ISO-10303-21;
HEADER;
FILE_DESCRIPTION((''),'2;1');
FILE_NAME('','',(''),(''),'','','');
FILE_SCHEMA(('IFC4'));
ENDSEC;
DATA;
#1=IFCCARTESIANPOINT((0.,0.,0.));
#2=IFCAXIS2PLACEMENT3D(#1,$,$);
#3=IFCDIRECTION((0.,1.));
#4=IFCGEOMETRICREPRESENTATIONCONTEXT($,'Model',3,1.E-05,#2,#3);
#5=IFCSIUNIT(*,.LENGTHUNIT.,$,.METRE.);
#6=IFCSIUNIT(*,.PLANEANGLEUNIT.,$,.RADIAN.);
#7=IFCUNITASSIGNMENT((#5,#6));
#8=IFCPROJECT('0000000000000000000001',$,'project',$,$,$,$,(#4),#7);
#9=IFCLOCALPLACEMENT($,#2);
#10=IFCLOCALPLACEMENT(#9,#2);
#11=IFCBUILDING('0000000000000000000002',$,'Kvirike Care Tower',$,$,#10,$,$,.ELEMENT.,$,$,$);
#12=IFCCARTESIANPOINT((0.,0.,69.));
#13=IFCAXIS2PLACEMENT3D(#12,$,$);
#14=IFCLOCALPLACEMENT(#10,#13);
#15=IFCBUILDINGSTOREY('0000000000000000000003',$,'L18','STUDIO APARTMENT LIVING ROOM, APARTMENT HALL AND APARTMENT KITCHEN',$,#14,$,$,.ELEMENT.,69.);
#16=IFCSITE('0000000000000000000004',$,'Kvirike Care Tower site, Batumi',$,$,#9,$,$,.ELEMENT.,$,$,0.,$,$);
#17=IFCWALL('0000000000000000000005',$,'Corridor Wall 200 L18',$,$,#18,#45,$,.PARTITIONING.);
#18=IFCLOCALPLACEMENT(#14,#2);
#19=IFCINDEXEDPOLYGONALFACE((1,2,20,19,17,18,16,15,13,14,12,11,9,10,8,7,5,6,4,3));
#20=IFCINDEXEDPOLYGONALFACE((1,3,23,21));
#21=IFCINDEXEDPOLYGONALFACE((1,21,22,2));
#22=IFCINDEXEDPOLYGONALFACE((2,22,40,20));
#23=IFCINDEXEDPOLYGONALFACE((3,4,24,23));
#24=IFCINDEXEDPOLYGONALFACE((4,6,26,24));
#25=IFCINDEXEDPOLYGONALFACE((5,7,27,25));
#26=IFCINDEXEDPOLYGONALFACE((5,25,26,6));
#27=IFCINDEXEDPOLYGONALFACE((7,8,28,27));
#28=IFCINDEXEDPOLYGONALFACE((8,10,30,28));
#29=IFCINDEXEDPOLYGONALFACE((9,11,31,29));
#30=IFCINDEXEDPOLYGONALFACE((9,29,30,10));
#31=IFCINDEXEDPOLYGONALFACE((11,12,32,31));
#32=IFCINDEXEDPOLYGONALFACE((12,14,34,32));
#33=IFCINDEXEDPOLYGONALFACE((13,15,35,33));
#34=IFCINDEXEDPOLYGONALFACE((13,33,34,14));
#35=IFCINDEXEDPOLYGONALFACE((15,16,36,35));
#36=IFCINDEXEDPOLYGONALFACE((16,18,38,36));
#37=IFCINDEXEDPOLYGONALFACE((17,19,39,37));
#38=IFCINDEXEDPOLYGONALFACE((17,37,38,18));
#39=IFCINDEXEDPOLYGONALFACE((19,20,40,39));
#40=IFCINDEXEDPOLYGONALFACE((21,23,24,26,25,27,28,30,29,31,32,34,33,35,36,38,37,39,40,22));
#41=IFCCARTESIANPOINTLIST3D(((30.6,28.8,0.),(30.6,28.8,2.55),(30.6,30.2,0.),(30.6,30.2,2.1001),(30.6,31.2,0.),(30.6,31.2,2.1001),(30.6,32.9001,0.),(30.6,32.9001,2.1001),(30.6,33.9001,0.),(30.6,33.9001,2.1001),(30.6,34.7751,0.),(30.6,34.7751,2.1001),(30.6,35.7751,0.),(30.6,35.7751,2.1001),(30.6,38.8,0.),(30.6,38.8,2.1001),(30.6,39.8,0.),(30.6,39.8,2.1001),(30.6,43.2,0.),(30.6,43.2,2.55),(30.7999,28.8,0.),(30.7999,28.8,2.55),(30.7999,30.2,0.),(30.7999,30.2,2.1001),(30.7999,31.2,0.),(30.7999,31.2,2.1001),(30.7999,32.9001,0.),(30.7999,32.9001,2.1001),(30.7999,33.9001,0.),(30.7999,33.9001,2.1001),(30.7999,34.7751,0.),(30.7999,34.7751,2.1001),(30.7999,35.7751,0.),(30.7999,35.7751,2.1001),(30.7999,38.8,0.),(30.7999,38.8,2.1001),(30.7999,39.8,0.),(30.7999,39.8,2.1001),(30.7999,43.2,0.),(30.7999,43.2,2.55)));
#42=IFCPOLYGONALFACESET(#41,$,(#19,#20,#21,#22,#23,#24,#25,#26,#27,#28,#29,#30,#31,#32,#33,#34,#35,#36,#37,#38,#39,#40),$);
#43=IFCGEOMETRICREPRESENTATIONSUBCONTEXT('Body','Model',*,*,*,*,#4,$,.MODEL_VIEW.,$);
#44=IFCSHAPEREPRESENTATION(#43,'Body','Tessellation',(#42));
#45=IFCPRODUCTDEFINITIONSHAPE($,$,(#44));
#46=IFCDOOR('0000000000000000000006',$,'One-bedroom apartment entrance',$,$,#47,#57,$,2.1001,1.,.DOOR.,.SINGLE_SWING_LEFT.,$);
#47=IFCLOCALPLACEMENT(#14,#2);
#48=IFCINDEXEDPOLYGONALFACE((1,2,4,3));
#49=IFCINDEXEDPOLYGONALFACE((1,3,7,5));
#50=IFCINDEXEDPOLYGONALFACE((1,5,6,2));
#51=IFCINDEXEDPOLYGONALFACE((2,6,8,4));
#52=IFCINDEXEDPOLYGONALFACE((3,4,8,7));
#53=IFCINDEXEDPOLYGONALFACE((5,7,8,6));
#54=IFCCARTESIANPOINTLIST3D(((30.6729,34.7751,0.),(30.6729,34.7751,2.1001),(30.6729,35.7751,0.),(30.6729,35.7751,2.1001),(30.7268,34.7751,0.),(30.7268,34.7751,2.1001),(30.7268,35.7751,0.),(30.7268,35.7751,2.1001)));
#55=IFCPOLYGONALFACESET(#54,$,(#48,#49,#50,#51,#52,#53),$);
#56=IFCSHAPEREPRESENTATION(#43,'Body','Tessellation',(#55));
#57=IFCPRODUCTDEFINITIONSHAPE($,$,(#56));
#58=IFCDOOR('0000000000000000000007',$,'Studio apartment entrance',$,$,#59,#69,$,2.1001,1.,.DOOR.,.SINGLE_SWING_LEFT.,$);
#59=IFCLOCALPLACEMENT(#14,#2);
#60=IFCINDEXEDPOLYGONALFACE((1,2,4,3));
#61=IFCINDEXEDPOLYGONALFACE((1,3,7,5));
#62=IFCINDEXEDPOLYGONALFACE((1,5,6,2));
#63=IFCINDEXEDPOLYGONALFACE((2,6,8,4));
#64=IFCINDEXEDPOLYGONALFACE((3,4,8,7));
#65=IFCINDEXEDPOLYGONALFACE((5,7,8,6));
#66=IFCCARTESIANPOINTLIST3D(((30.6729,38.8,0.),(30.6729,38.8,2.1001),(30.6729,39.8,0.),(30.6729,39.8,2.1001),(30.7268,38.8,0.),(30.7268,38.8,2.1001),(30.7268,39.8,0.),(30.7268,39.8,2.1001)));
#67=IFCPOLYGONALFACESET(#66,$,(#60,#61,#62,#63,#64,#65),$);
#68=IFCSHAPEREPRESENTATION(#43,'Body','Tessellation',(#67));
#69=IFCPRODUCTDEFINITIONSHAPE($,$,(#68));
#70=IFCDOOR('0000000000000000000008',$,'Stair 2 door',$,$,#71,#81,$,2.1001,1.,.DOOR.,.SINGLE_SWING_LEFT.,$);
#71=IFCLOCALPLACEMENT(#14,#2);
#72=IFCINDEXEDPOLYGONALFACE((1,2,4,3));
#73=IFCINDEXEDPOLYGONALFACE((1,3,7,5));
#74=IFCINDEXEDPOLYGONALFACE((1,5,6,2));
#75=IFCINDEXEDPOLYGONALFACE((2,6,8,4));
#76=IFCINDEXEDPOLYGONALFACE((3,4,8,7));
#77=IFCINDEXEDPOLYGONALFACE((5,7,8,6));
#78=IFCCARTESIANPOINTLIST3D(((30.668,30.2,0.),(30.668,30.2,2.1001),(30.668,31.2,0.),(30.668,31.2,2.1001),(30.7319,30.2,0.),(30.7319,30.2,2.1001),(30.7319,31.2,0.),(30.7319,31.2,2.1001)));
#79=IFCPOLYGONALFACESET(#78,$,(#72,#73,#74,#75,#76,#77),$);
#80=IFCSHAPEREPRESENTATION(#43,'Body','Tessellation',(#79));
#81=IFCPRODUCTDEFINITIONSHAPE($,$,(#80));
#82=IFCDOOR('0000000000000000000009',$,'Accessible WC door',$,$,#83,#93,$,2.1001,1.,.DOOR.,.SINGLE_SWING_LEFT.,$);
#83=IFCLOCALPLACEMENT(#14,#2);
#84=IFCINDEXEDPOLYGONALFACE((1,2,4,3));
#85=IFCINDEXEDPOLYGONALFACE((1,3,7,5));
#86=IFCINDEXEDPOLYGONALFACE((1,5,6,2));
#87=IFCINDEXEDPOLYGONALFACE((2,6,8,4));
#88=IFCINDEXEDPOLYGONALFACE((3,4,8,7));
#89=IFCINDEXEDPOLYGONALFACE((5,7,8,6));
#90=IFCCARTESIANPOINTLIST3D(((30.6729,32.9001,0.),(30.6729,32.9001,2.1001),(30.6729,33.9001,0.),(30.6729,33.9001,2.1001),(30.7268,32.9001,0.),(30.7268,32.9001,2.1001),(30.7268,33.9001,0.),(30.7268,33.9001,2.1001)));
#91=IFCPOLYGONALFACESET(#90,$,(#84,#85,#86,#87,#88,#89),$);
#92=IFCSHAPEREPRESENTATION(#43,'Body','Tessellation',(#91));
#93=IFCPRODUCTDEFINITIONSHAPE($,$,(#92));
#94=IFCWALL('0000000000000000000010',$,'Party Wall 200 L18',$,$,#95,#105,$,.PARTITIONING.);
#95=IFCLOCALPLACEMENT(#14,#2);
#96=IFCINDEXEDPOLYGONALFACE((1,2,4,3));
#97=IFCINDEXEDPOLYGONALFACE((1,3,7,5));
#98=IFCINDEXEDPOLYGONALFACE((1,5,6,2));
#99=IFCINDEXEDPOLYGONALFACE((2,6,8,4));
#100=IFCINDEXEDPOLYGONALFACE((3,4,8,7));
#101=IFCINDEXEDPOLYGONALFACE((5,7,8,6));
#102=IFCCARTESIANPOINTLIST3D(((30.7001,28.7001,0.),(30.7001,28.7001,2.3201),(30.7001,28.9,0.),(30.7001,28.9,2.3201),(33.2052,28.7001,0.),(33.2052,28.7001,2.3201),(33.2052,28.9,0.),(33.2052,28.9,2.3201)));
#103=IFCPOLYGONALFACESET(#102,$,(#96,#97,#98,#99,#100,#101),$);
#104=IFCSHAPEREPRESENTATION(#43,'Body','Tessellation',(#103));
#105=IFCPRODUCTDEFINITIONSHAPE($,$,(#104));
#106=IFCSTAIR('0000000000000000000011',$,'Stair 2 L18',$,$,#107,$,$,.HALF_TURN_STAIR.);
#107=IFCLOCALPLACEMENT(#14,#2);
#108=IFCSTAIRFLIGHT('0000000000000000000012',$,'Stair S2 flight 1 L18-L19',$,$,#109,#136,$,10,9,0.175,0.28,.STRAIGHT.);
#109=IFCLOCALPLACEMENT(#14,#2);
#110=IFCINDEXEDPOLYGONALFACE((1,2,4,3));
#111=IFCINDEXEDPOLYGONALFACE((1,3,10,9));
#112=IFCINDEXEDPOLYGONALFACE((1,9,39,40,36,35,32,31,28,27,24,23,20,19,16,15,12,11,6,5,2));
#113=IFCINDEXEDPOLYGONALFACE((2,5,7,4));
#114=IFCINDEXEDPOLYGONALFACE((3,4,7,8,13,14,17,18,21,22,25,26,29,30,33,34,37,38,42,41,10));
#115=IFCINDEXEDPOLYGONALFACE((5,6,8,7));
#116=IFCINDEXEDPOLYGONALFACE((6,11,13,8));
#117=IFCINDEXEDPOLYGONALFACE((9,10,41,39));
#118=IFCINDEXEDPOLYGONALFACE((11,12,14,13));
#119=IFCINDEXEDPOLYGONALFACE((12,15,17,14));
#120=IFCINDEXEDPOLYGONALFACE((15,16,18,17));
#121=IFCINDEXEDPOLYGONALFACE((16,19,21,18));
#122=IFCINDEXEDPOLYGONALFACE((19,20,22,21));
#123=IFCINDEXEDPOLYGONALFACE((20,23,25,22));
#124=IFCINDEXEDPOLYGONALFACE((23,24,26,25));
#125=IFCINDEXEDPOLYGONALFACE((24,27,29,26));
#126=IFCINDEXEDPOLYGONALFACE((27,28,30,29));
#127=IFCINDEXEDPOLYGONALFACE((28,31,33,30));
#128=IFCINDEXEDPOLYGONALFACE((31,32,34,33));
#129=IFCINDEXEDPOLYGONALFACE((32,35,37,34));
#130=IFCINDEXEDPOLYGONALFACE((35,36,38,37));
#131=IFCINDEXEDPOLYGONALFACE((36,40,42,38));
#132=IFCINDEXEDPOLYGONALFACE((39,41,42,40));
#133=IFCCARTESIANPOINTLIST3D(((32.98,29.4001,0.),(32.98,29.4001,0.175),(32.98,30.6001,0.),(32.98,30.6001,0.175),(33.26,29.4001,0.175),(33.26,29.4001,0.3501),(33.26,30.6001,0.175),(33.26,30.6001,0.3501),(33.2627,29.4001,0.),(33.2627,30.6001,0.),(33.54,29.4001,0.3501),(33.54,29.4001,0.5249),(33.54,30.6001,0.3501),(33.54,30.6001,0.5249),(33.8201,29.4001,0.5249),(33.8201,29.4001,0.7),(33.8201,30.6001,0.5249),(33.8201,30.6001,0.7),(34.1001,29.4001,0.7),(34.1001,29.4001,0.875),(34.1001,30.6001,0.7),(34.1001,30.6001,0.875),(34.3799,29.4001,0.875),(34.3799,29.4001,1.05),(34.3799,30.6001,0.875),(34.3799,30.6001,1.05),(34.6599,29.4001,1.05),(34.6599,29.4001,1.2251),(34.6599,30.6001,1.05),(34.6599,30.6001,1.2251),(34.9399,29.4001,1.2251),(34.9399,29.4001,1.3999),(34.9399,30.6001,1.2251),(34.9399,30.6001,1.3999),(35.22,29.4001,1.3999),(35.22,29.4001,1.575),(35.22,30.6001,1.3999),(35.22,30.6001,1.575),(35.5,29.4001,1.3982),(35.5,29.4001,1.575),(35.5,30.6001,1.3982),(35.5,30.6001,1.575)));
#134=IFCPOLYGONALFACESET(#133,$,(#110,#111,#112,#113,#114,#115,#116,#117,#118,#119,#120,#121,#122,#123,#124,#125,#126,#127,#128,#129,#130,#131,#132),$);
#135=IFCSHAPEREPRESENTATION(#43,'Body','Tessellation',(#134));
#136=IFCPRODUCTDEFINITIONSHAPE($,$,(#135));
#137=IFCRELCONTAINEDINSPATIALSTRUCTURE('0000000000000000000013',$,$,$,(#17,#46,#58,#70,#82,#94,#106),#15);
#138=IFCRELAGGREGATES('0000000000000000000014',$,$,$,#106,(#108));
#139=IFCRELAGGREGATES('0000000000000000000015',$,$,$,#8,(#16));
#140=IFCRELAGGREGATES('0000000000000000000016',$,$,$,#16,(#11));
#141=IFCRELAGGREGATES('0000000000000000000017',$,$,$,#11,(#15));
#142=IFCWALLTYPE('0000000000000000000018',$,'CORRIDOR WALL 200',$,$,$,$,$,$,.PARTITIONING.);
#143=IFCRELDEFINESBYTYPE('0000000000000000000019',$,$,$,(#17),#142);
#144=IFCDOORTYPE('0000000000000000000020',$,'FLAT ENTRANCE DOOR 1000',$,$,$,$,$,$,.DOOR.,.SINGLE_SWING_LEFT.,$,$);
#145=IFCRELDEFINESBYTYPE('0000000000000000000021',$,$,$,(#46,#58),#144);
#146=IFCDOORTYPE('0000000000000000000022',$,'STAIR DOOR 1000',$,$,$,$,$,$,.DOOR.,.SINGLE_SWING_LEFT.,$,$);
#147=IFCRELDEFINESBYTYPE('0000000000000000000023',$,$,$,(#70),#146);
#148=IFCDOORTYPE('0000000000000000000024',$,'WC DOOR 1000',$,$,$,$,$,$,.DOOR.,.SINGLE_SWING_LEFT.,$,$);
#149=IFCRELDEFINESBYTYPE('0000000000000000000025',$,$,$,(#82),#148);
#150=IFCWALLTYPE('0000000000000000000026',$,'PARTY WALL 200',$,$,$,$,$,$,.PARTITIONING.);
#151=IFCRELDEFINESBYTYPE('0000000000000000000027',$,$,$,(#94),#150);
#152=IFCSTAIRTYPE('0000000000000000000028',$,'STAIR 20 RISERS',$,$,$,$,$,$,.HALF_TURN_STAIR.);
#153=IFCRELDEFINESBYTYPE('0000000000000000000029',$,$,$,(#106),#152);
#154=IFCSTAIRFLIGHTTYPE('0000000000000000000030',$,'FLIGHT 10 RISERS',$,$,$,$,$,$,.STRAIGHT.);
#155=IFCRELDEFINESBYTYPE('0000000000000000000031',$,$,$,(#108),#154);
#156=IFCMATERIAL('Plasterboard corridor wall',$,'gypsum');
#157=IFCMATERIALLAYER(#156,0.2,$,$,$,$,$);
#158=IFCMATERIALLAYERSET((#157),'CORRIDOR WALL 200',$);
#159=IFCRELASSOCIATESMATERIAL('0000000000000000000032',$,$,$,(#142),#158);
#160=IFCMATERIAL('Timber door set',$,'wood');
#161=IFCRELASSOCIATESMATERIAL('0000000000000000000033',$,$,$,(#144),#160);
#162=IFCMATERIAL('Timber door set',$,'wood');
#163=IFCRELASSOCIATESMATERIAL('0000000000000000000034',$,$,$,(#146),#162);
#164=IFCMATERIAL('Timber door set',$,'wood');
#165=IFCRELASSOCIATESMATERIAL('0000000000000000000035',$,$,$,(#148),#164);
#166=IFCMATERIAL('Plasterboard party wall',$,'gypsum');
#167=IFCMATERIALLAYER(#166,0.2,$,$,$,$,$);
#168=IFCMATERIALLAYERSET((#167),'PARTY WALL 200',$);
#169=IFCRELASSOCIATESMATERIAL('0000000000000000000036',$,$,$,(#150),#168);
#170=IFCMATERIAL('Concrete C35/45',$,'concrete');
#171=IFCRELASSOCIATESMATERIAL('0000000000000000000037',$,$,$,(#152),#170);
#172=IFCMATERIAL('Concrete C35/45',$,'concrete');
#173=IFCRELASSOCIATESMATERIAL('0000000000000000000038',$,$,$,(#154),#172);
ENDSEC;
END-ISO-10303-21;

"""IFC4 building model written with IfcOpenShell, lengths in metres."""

from ifc_helpers import new_model, si_unit, direction, frame, frame_2d, origin, place, context, subcontext, project, spatial, polyline, rectangle, outline, extrude, material, layer, layer_set, type_object, element, fill, aggregate, save


model = new_model("IFC4")

# Units and contexts
model_context = context("Model", 3, precision=1e-05, world=origin(), true_north=direction((0.0, 1.0)))
body_context = subcontext(model_context, "Body", "Model", "MODEL_VIEW")
ifc_project = project(units=[si_unit("LENGTHUNIT", "METRE"), si_unit("PLANEANGLEUNIT", "RADIAN")], contexts=[model_context])

# Site, building, storey
site_placement = place(None, origin())
site = spatial("IfcSite", under=ifc_project, at=site_placement, Name="Kvirike Care Tower site, Batumi", CompositionType="ELEMENT", RefElevation=0.0)
building_placement = place(site_placement, origin())
building = spatial("IfcBuilding", under=site, at=building_placement, Name="Kvirike Care Tower", CompositionType="ELEMENT")
storey_placement = place(building_placement, frame((0.0, 0.0, 69.0)))
storey = spatial("IfcBuildingStorey", under=building, at=storey_placement, Name="L18", Description="STUDIO APARTMENT LIVING ROOM, APARTMENT HALL AND APARTMENT KITCHEN", CompositionType="ELEMENT", Elevation=69.0)

# Wall, openings, doors
ifc_material_1 = material(Name="Plasterboard corridor wall", Category="gypsum")
ifc_layer_1 = layer(ifc_material_1, 0.2)
ifc_layer_set_1 = layer_set([ifc_layer_1], Name="CORRIDOR WALL 200")
wall_type_1 = type_object("IfcWallType", Name="CORRIDOR WALL 200", PredefinedType="PARTITIONING", material=ifc_layer_set_1)
ifc_material_2 = material(Name="Timber door set", Category="wood")
door_type_1 = type_object("IfcDoorType", Name="FLAT ENTRANCE DOOR 1000", OperationType="SINGLE_SWING_LEFT", PredefinedType="DOOR", material=ifc_material_2)
wall_1_placement = place(storey_placement, frame((30.7, 28.8, 0.0), z_axis=(0.0, 0.0, 1.0), x_axis=(0.0, 1.0, 0.0)))
wall_1 = element("IfcWall", 1, at=wall_1_placement, inside=storey, type_object=wall_type_1, Name="Corridor Wall 200 L18", PredefinedType="PARTITIONING", context=body_context, shape_type="SweptSolid", body=[
    extrude(rectangle(XDim=14.3999, YDim=0.2, at=frame_2d((7.2, 0.0))), origin(), (0.0, 0.0, 1.0), 2.55),
])
opening_1_placement = place(wall_1_placement, frame((1.3999, 0.0, 0.0)))
opening_1 = element("IfcOpeningElement", 2, at=opening_1_placement, cuts=wall_1, PredefinedType="OPENING", context=body_context, shape_type="SweptSolid", body=[
    extrude(rectangle(XDim=1.0, YDim=2.1001, at=frame_2d((0.5, 1.05))), frame((0.0, 0.1106, 0.0), z_axis=(0.0, -1.0, 0.0), x_axis=(1.0, 0.0, 0.0)), (0.0, 0.0, 1.0), 0.2209),
])
opening_2_placement = place(wall_1_placement, frame((4.1001, 0.0, 0.0)))
opening_2 = element("IfcOpeningElement", 3, at=opening_2_placement, cuts=wall_1, PredefinedType="OPENING", context=body_context, shape_type="SweptSolid", body=[
    extrude(rectangle(XDim=1.0, YDim=2.1001, at=frame_2d((0.5, 1.05))), frame((0.0, 0.1106, 0.0), z_axis=(0.0, -1.0, 0.0), x_axis=(1.0, 0.0, 0.0)), (0.0, 0.0, 1.0), 0.2209),
])
opening_3_placement = place(wall_1_placement, frame((5.9751, 0.0, 0.0)))
opening_3 = element("IfcOpeningElement", 4, at=opening_3_placement, cuts=wall_1, PredefinedType="OPENING", context=body_context, shape_type="SweptSolid", body=[
    extrude(rectangle(XDim=1.0, YDim=2.1001, at=frame_2d((0.5, 1.05))), frame((0.0, 0.1106, 0.0), z_axis=(0.0, -1.0, 0.0), x_axis=(1.0, 0.0, 0.0)), (0.0, 0.0, 1.0), 0.2209),
])
opening_4_placement = place(wall_1_placement, frame((10.0, 0.0, 0.0)))
opening_4 = element("IfcOpeningElement", 5, at=opening_4_placement, cuts=wall_1, PredefinedType="OPENING", context=body_context, shape_type="SweptSolid", body=[
    extrude(rectangle(XDim=1.0, YDim=2.1001, at=frame_2d((0.5, 1.05))), frame((0.0, 0.1106, 0.0), z_axis=(0.0, -1.0, 0.0), x_axis=(1.0, 0.0, 0.0)), (0.0, 0.0, 1.0), 0.2209),
])
door_1_placement = place(opening_3_placement, frame((1.0, 0.0, 0.0), z_axis=(0.0, 0.0, 1.0), x_axis=(-1.0, 0.0, 0.0)))
door_1 = element("IfcDoor", 6, at=door_1_placement, inside=storey, type_object=door_type_1, Name="One-bedroom apartment entrance", OperationType="SINGLE_SWING_LEFT", OverallHeight=2.1001, OverallWidth=1.0, PredefinedType="DOOR", context=body_context, shape_type="SweptSolid", body=[
    extrude(rectangle(XDim=1.0, YDim=2.1001, at=frame_2d((0.5, 1.05))), frame((0.0, 0.0269, 0.0), z_axis=(0.0, -1.0, 0.0), x_axis=(1.0, 0.0, 0.0)), (0.0, 0.0, 1.0), 0.054),
])
fill(opening_3, door_1)
door_2_placement = place(opening_4_placement, frame((1.0, 0.0, 0.0), z_axis=(0.0, 0.0, 1.0), x_axis=(-1.0, 0.0, 0.0)))
door_2 = element("IfcDoor", 7, at=door_2_placement, inside=storey, type_object=door_type_1, Name="Studio apartment entrance", OperationType="SINGLE_SWING_LEFT", OverallHeight=2.1001, OverallWidth=1.0, PredefinedType="DOOR", context=body_context, shape_type="SweptSolid", body=[
    extrude(rectangle(XDim=1.0, YDim=2.1001, at=frame_2d((0.5, 1.05))), frame((0.0, 0.0269, 0.0), z_axis=(0.0, -1.0, 0.0), x_axis=(1.0, 0.0, 0.0)), (0.0, 0.0, 1.0), 0.054),
])
fill(opening_4, door_2)
ifc_material_3 = material(Name="Timber door set", Category="wood")
door_type_2 = type_object("IfcDoorType", Name="STAIR DOOR 1000", OperationType="SINGLE_SWING_LEFT", PredefinedType="DOOR", material=ifc_material_3)
door_3_placement = place(opening_1_placement, frame((1.0, 0.0, 0.0), z_axis=(0.0, 0.0, 1.0), x_axis=(-1.0, 0.0, 0.0)))
door_3 = element("IfcDoor", 8, at=door_3_placement, inside=storey, type_object=door_type_2, Name="Stair 2 door", OperationType="SINGLE_SWING_LEFT", OverallHeight=2.1001, OverallWidth=1.0, PredefinedType="DOOR", context=body_context, shape_type="SweptSolid", body=[
    extrude(rectangle(XDim=1.0, YDim=2.1001, at=frame_2d((0.5, 1.05))), frame((0.0, 0.032, 0.0), z_axis=(0.0, -1.0, 0.0), x_axis=(1.0, 0.0, 0.0)), (0.0, 0.0, 1.0), 0.064),
])
fill(opening_1, door_3)
ifc_material_4 = material(Name="Timber door set", Category="wood")
door_type_3 = type_object("IfcDoorType", Name="WC DOOR 1000", OperationType="SINGLE_SWING_LEFT", PredefinedType="DOOR", material=ifc_material_4)
door_4_placement = place(opening_2_placement, frame((1.0, 0.0, 0.0), z_axis=(0.0, 0.0, 1.0), x_axis=(-1.0, 0.0, 0.0)))
door_4 = element("IfcDoor", 9, at=door_4_placement, inside=storey, type_object=door_type_3, Name="Accessible WC door", OperationType="SINGLE_SWING_LEFT", OverallHeight=2.1001, OverallWidth=1.0, PredefinedType="DOOR", context=body_context, shape_type="SweptSolid", body=[
    extrude(rectangle(XDim=1.0, YDim=2.1001, at=frame_2d((0.5, 1.05))), frame((0.0, 0.0269, 0.0), z_axis=(0.0, -1.0, 0.0), x_axis=(1.0, 0.0, 0.0)), (0.0, 0.0, 1.0), 0.054),
])
fill(opening_2, door_4)

# Wall
ifc_material_5 = material(Name="Plasterboard party wall", Category="gypsum")
ifc_layer_2 = layer(ifc_material_5, 0.2)
ifc_layer_set_2 = layer_set([ifc_layer_2], Name="PARTY WALL 200")
wall_type_2 = type_object("IfcWallType", Name="PARTY WALL 200", PredefinedType="PARTITIONING", material=ifc_layer_set_2)
wall_2_placement = place(storey_placement, frame((33.2051, 28.8, 0.0), z_axis=(0.0, 0.0, 1.0), x_axis=(-1.0, 0.0, 0.0)))
element("IfcWall", 10, at=wall_2_placement, inside=storey, type_object=wall_type_2, Name="Party Wall 200 L18", PredefinedType="PARTITIONING", context=body_context, shape_type="SweptSolid", body=[
    extrude(rectangle(XDim=2.5051, YDim=0.2, at=frame_2d((1.2524, 0.0))), origin(), (0.0, 0.0, 1.0), 2.3201),
])

# Stair, stair flight
ifc_material_6 = material(Name="Concrete C35/45", Category="concrete")
stair_type = type_object("IfcStairType", Name="STAIR 20 RISERS", PredefinedType="HALF_TURN_STAIR", material=ifc_material_6)
stair_placement = place(storey_placement, origin())
stair = element("IfcStair", 11, at=stair_placement, inside=storey, type_object=stair_type, Name="Stair 2 L18", PredefinedType="HALF_TURN_STAIR")
ifc_material_7 = material(Name="Concrete C35/45", Category="concrete")
stair_flight_type = type_object("IfcStairFlightType", Name="FLIGHT 10 RISERS", PredefinedType="STRAIGHT", material=ifc_material_7)
stair_flight_placement = place(storey_placement, frame((32.98, 30.0, 0.0), z_axis=(0.0, 0.0, 1.0), x_axis=(1.0, 0.0, 0.0)))
stair_flight = element("IfcStairFlight", 12, at=stair_flight_placement, type_object=stair_flight_type, Name="Stair S2 flight 1 L18-L19", NumberOfRisers=10, NumberOfTreads=9, PredefinedType="STRAIGHT", RiserHeight=0.175, TreadLength=0.28, context=body_context, shape_type="SweptSolid", body=[
    extrude(outline(polyline([(0.0, 0.0), (0.0, 0.175), (0.28, 0.175), (0.28, 0.3501), (0.5601, 0.3501), (0.5601, 0.5249), (0.8401, 0.5249), (0.8401, 0.7), (1.1201, 0.7), (1.1201, 0.875), (1.3999, 0.875), (1.3999, 1.05), (1.6799, 1.05), (1.6799, 1.2251), (1.96, 1.2251), (1.96, 1.3999), (2.24, 1.3999), (2.24, 1.575), (2.52, 1.575), (2.52, 1.75), (2.52, 1.3982), (0.2827, 0.0), (0.0, 0.0)])), frame((0.0, 0.6001, 0.0), z_axis=(0.0, -1.0, 0.0), x_axis=(1.0, 0.0, 0.0)), (0.0, 0.0, 1.0), 1.2),
])
aggregate(stair, [stair_flight])

save(model, "model.ifc")
